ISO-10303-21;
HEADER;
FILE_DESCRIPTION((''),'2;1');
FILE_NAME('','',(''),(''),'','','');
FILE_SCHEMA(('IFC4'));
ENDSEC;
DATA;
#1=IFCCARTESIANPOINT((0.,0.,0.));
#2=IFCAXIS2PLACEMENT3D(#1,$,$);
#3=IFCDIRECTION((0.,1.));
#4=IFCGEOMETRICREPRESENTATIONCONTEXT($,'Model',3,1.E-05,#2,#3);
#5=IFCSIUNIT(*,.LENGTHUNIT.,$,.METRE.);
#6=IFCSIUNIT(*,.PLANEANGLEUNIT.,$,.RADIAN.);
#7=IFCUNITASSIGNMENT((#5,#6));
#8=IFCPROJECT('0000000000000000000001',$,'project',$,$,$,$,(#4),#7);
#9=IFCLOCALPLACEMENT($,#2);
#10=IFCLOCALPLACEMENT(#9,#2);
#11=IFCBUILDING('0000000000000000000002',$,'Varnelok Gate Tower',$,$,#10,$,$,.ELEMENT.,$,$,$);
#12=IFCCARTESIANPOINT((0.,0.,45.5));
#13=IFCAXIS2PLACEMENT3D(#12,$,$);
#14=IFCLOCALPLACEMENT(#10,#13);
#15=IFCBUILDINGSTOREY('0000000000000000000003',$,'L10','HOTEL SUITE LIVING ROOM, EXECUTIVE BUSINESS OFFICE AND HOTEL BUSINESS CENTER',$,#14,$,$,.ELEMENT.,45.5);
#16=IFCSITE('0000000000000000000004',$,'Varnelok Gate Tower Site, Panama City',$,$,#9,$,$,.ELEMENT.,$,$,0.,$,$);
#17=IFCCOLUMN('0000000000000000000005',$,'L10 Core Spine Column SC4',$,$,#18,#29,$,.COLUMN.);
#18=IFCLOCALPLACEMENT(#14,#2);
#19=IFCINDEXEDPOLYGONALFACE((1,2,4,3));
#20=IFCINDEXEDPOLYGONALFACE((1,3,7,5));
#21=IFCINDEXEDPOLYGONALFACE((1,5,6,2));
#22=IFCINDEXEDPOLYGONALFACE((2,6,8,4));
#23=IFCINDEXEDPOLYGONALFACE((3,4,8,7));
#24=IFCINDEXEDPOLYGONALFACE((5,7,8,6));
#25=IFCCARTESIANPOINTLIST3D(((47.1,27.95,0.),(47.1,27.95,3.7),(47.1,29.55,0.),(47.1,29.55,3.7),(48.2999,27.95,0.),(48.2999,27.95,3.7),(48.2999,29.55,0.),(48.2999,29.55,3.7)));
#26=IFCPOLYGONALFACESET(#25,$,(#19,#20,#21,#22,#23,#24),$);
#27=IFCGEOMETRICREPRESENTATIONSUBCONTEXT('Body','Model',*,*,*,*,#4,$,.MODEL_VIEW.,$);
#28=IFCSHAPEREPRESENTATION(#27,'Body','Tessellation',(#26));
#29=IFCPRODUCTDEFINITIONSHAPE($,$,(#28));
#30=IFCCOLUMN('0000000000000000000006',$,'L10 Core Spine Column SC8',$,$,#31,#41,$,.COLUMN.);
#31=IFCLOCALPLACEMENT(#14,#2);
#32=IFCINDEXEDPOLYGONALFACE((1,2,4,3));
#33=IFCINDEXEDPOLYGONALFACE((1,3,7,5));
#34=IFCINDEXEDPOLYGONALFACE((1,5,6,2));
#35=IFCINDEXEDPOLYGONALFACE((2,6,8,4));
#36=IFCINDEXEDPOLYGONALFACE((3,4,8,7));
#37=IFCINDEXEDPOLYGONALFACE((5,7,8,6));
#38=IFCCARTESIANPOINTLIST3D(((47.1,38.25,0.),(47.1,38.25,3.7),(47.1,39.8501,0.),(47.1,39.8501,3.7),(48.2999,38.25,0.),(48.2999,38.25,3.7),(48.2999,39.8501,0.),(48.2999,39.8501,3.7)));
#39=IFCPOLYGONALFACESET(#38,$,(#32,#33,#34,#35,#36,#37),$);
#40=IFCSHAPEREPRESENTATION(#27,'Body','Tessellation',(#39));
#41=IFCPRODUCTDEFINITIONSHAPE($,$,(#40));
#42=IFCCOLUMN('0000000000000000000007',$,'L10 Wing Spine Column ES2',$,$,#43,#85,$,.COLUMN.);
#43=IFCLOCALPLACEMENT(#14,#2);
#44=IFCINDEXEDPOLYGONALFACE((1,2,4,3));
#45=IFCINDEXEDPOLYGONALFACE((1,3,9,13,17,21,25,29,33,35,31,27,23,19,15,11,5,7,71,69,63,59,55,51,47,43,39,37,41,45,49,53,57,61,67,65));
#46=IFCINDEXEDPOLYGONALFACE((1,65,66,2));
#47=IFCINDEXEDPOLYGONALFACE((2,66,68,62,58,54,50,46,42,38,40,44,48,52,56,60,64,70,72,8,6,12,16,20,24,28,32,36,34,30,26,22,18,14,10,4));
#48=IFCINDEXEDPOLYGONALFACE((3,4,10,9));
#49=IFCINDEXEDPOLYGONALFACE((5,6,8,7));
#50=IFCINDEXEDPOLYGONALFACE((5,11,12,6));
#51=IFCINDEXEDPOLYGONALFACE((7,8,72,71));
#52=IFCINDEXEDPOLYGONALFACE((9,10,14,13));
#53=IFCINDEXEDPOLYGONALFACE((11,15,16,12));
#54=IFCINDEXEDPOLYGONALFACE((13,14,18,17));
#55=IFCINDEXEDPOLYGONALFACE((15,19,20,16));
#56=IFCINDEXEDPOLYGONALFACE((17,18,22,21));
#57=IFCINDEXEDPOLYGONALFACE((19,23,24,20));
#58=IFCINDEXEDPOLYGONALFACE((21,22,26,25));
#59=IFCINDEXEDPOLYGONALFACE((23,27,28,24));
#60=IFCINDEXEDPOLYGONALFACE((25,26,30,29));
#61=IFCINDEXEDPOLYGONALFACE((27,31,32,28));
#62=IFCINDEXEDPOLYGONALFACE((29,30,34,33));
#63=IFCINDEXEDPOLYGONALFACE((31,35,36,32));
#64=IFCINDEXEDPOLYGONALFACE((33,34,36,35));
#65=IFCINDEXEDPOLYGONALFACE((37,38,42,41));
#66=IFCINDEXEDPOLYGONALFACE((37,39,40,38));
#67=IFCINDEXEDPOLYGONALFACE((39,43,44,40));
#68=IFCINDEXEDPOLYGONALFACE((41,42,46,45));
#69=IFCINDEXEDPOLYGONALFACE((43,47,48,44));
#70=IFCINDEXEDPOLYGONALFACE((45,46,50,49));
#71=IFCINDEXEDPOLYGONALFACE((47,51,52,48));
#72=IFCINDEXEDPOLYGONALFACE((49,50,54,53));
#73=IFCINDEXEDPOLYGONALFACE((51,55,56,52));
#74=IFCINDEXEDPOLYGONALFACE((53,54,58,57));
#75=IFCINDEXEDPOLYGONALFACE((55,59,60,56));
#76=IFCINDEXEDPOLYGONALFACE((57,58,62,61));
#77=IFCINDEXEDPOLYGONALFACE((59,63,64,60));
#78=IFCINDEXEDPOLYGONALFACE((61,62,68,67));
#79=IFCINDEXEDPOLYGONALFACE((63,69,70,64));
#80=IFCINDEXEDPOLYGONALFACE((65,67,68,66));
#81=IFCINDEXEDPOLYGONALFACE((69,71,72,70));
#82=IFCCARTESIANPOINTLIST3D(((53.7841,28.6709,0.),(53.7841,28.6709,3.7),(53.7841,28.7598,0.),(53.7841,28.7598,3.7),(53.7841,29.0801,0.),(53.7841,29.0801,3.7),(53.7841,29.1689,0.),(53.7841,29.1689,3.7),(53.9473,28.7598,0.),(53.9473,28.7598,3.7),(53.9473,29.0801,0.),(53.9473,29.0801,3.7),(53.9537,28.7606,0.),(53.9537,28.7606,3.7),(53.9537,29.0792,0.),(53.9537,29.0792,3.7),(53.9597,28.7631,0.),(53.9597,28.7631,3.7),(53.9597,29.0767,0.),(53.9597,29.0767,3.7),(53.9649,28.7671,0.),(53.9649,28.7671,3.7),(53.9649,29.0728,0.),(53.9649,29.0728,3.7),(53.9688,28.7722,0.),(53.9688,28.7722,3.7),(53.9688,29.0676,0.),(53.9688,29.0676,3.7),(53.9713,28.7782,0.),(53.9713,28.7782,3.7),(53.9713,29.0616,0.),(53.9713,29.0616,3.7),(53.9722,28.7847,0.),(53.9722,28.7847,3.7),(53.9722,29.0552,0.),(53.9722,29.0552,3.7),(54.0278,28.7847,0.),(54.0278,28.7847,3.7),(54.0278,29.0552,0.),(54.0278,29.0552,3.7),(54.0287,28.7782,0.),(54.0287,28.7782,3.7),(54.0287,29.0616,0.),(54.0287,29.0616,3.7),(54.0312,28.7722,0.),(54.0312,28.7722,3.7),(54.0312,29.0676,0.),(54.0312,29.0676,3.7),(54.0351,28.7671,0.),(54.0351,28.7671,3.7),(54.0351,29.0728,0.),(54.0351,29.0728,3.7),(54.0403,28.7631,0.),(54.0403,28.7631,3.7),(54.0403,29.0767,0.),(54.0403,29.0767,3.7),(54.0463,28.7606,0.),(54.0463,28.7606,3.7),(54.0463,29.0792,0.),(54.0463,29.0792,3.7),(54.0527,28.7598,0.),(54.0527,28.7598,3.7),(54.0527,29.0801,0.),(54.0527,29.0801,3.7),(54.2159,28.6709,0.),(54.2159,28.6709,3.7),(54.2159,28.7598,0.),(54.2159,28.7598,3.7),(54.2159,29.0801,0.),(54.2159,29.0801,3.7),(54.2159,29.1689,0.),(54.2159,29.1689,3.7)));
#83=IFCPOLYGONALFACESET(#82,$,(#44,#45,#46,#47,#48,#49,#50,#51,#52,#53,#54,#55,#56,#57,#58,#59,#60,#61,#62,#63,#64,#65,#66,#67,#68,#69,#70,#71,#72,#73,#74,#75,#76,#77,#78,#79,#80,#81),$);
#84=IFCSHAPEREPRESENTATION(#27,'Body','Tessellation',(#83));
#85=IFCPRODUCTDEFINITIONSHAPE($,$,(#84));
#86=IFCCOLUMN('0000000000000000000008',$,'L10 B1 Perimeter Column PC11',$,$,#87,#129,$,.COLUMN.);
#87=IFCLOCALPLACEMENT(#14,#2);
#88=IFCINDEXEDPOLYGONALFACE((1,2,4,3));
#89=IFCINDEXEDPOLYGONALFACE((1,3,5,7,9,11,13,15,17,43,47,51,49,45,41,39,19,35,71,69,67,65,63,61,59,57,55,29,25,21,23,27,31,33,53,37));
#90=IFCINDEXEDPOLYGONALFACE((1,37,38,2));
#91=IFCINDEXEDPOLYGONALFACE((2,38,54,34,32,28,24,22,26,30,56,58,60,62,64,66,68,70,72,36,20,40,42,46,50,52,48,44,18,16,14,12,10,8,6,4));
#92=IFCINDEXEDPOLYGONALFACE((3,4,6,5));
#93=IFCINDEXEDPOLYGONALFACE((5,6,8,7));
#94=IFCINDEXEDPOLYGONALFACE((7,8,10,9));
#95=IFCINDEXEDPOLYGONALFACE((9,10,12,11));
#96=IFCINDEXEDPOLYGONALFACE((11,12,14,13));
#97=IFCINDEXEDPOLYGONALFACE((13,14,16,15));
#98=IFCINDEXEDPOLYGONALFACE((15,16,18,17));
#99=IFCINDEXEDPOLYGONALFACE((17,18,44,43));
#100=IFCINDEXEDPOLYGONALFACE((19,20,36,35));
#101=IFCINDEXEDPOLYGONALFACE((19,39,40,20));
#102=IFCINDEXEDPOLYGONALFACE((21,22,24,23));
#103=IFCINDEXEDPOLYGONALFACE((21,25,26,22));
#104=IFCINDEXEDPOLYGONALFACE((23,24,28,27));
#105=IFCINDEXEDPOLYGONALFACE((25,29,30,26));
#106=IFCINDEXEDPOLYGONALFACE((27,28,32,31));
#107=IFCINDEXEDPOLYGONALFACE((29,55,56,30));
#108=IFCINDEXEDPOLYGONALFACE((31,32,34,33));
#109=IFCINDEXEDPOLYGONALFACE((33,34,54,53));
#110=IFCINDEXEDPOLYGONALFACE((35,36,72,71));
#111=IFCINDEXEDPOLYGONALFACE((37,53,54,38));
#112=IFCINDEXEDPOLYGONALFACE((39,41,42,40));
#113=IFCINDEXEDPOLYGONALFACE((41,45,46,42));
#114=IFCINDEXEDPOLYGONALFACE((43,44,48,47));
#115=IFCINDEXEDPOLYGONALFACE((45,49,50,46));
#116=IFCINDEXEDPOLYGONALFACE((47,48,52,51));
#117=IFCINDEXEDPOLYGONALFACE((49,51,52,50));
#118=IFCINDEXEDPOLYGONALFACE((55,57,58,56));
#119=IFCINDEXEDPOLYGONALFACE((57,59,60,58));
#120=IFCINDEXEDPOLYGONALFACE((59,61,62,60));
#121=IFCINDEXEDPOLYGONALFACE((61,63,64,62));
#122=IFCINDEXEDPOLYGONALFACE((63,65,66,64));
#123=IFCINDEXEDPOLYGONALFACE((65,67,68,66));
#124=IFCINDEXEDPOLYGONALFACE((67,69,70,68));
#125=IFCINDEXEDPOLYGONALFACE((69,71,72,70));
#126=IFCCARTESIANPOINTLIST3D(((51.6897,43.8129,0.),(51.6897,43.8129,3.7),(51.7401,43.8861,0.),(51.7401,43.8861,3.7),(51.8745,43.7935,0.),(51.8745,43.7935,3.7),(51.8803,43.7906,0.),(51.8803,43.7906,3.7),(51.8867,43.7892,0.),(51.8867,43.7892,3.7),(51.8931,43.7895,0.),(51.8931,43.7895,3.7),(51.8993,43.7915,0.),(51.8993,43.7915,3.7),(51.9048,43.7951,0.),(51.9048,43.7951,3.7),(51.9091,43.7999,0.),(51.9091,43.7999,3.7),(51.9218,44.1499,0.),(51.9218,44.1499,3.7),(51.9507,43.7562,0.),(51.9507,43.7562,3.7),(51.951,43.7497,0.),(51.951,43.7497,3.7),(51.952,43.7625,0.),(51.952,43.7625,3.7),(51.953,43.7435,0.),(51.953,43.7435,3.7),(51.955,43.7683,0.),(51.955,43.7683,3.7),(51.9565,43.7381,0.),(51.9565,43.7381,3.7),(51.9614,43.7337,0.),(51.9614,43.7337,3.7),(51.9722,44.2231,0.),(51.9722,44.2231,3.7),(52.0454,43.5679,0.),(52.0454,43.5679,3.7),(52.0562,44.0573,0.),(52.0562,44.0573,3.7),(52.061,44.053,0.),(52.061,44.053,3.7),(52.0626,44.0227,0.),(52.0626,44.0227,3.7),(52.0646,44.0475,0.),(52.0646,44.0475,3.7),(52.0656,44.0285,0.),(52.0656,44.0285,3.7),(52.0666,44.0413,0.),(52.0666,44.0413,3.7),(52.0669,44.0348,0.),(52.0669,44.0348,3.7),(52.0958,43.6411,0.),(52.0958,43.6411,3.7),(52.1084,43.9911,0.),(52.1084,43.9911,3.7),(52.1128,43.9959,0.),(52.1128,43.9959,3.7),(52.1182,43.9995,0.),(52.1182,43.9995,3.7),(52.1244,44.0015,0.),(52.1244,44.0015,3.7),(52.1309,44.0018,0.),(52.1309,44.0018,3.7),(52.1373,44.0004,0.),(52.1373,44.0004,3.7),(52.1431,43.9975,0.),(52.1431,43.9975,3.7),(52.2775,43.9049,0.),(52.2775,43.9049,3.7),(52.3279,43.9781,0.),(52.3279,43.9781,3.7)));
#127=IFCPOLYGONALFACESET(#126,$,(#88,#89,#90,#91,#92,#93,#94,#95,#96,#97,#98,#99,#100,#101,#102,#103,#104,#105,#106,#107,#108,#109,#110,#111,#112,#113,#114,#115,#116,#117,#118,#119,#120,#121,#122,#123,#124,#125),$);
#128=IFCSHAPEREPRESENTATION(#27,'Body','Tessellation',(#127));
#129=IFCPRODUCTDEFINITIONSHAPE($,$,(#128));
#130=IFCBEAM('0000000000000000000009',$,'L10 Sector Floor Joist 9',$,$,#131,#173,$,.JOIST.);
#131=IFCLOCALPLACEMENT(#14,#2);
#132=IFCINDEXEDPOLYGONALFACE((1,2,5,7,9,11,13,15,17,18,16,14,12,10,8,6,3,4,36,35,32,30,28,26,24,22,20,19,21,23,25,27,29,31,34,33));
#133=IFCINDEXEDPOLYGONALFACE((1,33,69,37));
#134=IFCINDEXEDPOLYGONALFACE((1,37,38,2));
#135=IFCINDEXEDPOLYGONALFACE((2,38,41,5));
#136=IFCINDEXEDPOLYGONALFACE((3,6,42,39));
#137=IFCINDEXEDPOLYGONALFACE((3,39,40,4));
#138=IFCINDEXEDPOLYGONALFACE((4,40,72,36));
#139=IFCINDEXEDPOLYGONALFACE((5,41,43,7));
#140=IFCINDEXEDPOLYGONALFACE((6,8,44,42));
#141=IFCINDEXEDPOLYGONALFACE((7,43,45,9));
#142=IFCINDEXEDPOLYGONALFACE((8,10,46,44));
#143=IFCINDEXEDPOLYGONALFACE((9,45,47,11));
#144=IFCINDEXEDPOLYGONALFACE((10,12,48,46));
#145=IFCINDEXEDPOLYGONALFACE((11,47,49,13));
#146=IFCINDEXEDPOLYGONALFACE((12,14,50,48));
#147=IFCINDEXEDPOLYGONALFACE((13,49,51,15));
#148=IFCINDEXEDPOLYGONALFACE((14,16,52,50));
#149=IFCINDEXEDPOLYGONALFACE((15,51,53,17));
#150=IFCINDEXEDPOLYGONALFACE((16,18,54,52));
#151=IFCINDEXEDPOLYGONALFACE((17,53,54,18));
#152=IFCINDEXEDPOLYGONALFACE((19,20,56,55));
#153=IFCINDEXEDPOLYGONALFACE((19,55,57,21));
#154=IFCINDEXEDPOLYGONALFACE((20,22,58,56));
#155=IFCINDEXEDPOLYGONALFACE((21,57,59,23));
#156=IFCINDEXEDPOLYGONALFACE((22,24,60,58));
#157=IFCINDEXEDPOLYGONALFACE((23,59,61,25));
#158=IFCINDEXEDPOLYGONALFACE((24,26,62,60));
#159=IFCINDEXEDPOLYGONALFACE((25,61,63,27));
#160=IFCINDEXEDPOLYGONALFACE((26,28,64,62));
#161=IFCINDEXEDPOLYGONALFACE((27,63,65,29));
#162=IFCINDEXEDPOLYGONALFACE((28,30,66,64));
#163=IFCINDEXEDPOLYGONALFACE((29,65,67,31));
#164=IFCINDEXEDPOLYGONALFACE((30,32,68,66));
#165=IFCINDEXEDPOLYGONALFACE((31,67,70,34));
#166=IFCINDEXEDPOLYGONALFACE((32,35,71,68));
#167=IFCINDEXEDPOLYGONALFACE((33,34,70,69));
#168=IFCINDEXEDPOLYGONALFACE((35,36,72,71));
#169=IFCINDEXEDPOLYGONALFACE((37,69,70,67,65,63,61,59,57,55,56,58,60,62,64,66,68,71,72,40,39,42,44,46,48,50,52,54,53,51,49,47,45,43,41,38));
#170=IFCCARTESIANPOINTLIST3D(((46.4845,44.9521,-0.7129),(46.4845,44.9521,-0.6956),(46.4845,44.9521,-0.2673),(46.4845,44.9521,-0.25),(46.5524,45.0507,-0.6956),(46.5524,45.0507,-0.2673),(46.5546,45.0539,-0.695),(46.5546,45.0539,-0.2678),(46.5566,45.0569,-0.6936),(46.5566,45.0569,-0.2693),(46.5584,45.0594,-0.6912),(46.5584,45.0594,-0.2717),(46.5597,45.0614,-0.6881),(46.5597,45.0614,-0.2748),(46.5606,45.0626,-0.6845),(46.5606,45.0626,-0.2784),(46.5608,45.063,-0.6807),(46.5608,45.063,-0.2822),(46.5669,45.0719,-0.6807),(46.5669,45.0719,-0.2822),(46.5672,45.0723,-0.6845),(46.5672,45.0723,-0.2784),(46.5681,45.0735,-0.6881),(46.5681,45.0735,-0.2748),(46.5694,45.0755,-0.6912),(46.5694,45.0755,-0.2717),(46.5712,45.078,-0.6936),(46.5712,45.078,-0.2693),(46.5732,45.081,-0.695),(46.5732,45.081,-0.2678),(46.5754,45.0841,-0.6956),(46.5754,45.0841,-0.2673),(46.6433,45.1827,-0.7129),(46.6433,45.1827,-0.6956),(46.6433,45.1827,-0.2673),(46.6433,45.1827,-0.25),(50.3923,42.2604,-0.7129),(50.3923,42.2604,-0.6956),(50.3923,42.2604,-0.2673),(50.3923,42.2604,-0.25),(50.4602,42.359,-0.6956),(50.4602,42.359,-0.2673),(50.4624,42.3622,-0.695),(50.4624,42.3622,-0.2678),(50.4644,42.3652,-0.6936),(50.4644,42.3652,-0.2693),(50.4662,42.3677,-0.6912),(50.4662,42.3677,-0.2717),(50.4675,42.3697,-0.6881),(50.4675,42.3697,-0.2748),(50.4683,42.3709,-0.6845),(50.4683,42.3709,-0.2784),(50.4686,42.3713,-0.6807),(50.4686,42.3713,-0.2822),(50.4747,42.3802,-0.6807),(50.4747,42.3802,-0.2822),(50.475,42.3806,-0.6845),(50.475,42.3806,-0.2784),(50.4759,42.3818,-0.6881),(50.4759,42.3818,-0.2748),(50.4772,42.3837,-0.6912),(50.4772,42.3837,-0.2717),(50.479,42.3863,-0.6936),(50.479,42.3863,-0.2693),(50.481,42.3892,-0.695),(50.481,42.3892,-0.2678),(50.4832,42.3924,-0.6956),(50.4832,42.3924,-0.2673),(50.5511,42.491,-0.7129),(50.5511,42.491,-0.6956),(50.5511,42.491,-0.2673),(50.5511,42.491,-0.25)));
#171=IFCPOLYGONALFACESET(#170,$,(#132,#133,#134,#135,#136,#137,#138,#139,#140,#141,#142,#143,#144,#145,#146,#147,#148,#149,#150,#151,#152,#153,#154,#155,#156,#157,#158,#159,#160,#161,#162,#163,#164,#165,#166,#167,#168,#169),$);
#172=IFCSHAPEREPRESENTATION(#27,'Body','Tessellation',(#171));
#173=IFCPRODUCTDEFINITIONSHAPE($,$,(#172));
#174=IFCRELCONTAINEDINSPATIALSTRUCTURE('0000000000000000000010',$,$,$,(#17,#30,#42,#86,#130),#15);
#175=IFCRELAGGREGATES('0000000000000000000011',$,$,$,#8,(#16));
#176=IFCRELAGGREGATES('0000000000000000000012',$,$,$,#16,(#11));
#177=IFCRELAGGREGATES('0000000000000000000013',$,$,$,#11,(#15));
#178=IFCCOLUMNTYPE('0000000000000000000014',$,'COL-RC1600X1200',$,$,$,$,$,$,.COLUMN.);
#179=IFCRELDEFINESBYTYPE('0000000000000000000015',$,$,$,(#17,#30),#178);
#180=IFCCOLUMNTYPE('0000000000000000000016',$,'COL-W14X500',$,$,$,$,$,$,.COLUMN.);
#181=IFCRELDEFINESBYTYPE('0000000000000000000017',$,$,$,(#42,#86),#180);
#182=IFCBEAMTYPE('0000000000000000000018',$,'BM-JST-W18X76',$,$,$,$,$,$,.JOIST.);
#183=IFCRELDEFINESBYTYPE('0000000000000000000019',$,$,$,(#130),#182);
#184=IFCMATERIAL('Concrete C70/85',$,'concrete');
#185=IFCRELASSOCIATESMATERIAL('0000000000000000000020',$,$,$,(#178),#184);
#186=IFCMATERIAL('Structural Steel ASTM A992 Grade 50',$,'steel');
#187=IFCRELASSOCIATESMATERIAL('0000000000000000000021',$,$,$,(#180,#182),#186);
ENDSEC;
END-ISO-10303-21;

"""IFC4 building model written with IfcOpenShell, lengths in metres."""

from ifc_helpers import new_model, si_unit, direction, frame, origin, origin_2d, place, context, subcontext, project, spatial, rectangle, i_section, extrude, material, material_profile, profile_set, type_object, element, save


model = new_model("IFC4")

# Units and contexts
model_context = context("Model", 3, precision=1e-05, world=origin(), true_north=direction((0.0, 1.0)))
body_context = subcontext(model_context, "Body", "Model", "MODEL_VIEW")
ifc_project = project(units=[si_unit("LENGTHUNIT", "METRE"), si_unit("PLANEANGLEUNIT", "RADIAN")], contexts=[model_context])

# Site, building, storey
site_placement = place(None, origin())
site = spatial("IfcSite", under=ifc_project, at=site_placement, Name="Varnelok Gate Tower Site, Panama City", CompositionType="ELEMENT", RefElevation=0.0)
building_placement = place(site_placement, origin())
building = spatial("IfcBuilding", under=site, at=building_placement, Name="Varnelok Gate Tower", CompositionType="ELEMENT")
storey_placement = place(building_placement, frame((0.0, 0.0, 45.5)))
storey = spatial("IfcBuildingStorey", under=building, at=storey_placement, Name="L10", Description="HOTEL SUITE LIVING ROOM, EXECUTIVE BUSINESS OFFICE AND HOTEL BUSINESS CENTER", CompositionType="ELEMENT", Elevation=45.5)

# Columns
ifc_material_1 = material(Name="Concrete C70/85", Category="concrete")
ifc_material_profile_1 = material_profile(ifc_material_1, rectangle(XDim=1.2, YDim=1.6001, at=origin_2d()), Name="RC1600X1200")
ifc_profile_set_1 = profile_set([ifc_material_profile_1], Name="Concrete C70/85")
column_type_1 = type_object("IfcColumnType", Name="COL-RC1600X1200", PredefinedType="COLUMN", material=ifc_profile_set_1)
for number, where, z_axis, x_axis, name in (
    (1, (47.7, 28.75, 0.0), (0.0, 0.0, 1.0), (1.0, 0.0, 0.0), "L10 Core Spine Column SC4"),
    (2, (47.7, 39.05, 0.0), (0.0, 0.0, 1.0), (1.0, 0.0, 0.0), "L10 Core Spine Column SC8"),
):
    element("IfcColumn", number, at=place(storey_placement, frame(where, z_axis=z_axis, x_axis=x_axis)), inside=storey, type_object=column_type_1, Name=name, PredefinedType="COLUMN", context=body_context, shape_type="SweptSolid", body=[
        extrude(rectangle(XDim=1.2, YDim=1.6001, at=origin_2d()), origin(), (0.0, 0.0, 1.0), 3.7),
    ])
ifc_material_2 = material(Name="Structural Steel ASTM A992 Grade 50", Category="steel")
ifc_material_profile_2 = material_profile(ifc_material_2, i_section(OverallWidth=0.4319, OverallDepth=0.498, WebThickness=0.0557, FlangeThickness=0.0889, FilletRadius=0.0249, at=origin_2d()), Name="W14X500")
ifc_profile_set_2 = profile_set([ifc_material_profile_2], Name="Structural Steel ASTM A992 Grade 50")
column_type_2 = type_object("IfcColumnType", Name="COL-W14X500", PredefinedType="COLUMN", material=ifc_profile_set_2)
for number, where, z_axis, x_axis, name in (
    (3, (54.0, 28.9199, 0.0), (0.0, 0.0, 1.0), (1.0, 0.0, 0.0), "L10 Wing Spine Column ES2"),
    (4, (52.0088, 43.8955, 0.0), (0.0, 0.0, 1.0), (0.823533, -0.567269, 0.0), "L10 B1 Perimeter Column PC11"),
):
    element("IfcColumn", number, at=place(storey_placement, frame(where, z_axis=z_axis, x_axis=x_axis)), inside=storey, type_object=column_type_2, Name=name, PredefinedType="COLUMN", context=body_context, shape_type="SweptSolid", body=[
        extrude(i_section(OverallWidth=0.4319, OverallDepth=0.498, WebThickness=0.0557, FlangeThickness=0.0889, FilletRadius=0.0249, at=origin_2d()), origin(), (0.0, 0.0, 1.0), 3.7),
    ])

# Beam
ifc_material_profile_3 = material_profile(ifc_material_2, i_section(OverallWidth=0.28, OverallDepth=0.4629, WebThickness=0.0107, FlangeThickness=0.0173, FilletRadius=0.0149, at=origin_2d()), Name="W18X76")
ifc_profile_set_3 = profile_set([ifc_material_profile_3], Name="Structural Steel ASTM A992 Grade 50")
beam_type_1 = type_object("IfcBeamType", Name="BM-JST-W18X76", PredefinedType="JOIST", material=ifc_profile_set_3)
beam_1_placement = place(storey_placement, frame((50.4717, 42.3757, -0.4814), z_axis=(-0.82354, 0.567258, 0.0), x_axis=(-0.567258, -0.82354, 0.0)))
element("IfcBeam", 5, at=beam_1_placement, inside=storey, type_object=beam_type_1, Name="L10 Sector Floor Joist 9", PredefinedType="JOIST", context=body_context, shape_type="SweptSolid", body=[
    extrude(i_section(OverallWidth=0.28, OverallDepth=0.4629, WebThickness=0.0107, FlangeThickness=0.0173, FilletRadius=0.0149, at=origin_2d()), origin(), (0.0, 0.0, 1.0), 4.7451),
])

save(model, "model.ifc")
